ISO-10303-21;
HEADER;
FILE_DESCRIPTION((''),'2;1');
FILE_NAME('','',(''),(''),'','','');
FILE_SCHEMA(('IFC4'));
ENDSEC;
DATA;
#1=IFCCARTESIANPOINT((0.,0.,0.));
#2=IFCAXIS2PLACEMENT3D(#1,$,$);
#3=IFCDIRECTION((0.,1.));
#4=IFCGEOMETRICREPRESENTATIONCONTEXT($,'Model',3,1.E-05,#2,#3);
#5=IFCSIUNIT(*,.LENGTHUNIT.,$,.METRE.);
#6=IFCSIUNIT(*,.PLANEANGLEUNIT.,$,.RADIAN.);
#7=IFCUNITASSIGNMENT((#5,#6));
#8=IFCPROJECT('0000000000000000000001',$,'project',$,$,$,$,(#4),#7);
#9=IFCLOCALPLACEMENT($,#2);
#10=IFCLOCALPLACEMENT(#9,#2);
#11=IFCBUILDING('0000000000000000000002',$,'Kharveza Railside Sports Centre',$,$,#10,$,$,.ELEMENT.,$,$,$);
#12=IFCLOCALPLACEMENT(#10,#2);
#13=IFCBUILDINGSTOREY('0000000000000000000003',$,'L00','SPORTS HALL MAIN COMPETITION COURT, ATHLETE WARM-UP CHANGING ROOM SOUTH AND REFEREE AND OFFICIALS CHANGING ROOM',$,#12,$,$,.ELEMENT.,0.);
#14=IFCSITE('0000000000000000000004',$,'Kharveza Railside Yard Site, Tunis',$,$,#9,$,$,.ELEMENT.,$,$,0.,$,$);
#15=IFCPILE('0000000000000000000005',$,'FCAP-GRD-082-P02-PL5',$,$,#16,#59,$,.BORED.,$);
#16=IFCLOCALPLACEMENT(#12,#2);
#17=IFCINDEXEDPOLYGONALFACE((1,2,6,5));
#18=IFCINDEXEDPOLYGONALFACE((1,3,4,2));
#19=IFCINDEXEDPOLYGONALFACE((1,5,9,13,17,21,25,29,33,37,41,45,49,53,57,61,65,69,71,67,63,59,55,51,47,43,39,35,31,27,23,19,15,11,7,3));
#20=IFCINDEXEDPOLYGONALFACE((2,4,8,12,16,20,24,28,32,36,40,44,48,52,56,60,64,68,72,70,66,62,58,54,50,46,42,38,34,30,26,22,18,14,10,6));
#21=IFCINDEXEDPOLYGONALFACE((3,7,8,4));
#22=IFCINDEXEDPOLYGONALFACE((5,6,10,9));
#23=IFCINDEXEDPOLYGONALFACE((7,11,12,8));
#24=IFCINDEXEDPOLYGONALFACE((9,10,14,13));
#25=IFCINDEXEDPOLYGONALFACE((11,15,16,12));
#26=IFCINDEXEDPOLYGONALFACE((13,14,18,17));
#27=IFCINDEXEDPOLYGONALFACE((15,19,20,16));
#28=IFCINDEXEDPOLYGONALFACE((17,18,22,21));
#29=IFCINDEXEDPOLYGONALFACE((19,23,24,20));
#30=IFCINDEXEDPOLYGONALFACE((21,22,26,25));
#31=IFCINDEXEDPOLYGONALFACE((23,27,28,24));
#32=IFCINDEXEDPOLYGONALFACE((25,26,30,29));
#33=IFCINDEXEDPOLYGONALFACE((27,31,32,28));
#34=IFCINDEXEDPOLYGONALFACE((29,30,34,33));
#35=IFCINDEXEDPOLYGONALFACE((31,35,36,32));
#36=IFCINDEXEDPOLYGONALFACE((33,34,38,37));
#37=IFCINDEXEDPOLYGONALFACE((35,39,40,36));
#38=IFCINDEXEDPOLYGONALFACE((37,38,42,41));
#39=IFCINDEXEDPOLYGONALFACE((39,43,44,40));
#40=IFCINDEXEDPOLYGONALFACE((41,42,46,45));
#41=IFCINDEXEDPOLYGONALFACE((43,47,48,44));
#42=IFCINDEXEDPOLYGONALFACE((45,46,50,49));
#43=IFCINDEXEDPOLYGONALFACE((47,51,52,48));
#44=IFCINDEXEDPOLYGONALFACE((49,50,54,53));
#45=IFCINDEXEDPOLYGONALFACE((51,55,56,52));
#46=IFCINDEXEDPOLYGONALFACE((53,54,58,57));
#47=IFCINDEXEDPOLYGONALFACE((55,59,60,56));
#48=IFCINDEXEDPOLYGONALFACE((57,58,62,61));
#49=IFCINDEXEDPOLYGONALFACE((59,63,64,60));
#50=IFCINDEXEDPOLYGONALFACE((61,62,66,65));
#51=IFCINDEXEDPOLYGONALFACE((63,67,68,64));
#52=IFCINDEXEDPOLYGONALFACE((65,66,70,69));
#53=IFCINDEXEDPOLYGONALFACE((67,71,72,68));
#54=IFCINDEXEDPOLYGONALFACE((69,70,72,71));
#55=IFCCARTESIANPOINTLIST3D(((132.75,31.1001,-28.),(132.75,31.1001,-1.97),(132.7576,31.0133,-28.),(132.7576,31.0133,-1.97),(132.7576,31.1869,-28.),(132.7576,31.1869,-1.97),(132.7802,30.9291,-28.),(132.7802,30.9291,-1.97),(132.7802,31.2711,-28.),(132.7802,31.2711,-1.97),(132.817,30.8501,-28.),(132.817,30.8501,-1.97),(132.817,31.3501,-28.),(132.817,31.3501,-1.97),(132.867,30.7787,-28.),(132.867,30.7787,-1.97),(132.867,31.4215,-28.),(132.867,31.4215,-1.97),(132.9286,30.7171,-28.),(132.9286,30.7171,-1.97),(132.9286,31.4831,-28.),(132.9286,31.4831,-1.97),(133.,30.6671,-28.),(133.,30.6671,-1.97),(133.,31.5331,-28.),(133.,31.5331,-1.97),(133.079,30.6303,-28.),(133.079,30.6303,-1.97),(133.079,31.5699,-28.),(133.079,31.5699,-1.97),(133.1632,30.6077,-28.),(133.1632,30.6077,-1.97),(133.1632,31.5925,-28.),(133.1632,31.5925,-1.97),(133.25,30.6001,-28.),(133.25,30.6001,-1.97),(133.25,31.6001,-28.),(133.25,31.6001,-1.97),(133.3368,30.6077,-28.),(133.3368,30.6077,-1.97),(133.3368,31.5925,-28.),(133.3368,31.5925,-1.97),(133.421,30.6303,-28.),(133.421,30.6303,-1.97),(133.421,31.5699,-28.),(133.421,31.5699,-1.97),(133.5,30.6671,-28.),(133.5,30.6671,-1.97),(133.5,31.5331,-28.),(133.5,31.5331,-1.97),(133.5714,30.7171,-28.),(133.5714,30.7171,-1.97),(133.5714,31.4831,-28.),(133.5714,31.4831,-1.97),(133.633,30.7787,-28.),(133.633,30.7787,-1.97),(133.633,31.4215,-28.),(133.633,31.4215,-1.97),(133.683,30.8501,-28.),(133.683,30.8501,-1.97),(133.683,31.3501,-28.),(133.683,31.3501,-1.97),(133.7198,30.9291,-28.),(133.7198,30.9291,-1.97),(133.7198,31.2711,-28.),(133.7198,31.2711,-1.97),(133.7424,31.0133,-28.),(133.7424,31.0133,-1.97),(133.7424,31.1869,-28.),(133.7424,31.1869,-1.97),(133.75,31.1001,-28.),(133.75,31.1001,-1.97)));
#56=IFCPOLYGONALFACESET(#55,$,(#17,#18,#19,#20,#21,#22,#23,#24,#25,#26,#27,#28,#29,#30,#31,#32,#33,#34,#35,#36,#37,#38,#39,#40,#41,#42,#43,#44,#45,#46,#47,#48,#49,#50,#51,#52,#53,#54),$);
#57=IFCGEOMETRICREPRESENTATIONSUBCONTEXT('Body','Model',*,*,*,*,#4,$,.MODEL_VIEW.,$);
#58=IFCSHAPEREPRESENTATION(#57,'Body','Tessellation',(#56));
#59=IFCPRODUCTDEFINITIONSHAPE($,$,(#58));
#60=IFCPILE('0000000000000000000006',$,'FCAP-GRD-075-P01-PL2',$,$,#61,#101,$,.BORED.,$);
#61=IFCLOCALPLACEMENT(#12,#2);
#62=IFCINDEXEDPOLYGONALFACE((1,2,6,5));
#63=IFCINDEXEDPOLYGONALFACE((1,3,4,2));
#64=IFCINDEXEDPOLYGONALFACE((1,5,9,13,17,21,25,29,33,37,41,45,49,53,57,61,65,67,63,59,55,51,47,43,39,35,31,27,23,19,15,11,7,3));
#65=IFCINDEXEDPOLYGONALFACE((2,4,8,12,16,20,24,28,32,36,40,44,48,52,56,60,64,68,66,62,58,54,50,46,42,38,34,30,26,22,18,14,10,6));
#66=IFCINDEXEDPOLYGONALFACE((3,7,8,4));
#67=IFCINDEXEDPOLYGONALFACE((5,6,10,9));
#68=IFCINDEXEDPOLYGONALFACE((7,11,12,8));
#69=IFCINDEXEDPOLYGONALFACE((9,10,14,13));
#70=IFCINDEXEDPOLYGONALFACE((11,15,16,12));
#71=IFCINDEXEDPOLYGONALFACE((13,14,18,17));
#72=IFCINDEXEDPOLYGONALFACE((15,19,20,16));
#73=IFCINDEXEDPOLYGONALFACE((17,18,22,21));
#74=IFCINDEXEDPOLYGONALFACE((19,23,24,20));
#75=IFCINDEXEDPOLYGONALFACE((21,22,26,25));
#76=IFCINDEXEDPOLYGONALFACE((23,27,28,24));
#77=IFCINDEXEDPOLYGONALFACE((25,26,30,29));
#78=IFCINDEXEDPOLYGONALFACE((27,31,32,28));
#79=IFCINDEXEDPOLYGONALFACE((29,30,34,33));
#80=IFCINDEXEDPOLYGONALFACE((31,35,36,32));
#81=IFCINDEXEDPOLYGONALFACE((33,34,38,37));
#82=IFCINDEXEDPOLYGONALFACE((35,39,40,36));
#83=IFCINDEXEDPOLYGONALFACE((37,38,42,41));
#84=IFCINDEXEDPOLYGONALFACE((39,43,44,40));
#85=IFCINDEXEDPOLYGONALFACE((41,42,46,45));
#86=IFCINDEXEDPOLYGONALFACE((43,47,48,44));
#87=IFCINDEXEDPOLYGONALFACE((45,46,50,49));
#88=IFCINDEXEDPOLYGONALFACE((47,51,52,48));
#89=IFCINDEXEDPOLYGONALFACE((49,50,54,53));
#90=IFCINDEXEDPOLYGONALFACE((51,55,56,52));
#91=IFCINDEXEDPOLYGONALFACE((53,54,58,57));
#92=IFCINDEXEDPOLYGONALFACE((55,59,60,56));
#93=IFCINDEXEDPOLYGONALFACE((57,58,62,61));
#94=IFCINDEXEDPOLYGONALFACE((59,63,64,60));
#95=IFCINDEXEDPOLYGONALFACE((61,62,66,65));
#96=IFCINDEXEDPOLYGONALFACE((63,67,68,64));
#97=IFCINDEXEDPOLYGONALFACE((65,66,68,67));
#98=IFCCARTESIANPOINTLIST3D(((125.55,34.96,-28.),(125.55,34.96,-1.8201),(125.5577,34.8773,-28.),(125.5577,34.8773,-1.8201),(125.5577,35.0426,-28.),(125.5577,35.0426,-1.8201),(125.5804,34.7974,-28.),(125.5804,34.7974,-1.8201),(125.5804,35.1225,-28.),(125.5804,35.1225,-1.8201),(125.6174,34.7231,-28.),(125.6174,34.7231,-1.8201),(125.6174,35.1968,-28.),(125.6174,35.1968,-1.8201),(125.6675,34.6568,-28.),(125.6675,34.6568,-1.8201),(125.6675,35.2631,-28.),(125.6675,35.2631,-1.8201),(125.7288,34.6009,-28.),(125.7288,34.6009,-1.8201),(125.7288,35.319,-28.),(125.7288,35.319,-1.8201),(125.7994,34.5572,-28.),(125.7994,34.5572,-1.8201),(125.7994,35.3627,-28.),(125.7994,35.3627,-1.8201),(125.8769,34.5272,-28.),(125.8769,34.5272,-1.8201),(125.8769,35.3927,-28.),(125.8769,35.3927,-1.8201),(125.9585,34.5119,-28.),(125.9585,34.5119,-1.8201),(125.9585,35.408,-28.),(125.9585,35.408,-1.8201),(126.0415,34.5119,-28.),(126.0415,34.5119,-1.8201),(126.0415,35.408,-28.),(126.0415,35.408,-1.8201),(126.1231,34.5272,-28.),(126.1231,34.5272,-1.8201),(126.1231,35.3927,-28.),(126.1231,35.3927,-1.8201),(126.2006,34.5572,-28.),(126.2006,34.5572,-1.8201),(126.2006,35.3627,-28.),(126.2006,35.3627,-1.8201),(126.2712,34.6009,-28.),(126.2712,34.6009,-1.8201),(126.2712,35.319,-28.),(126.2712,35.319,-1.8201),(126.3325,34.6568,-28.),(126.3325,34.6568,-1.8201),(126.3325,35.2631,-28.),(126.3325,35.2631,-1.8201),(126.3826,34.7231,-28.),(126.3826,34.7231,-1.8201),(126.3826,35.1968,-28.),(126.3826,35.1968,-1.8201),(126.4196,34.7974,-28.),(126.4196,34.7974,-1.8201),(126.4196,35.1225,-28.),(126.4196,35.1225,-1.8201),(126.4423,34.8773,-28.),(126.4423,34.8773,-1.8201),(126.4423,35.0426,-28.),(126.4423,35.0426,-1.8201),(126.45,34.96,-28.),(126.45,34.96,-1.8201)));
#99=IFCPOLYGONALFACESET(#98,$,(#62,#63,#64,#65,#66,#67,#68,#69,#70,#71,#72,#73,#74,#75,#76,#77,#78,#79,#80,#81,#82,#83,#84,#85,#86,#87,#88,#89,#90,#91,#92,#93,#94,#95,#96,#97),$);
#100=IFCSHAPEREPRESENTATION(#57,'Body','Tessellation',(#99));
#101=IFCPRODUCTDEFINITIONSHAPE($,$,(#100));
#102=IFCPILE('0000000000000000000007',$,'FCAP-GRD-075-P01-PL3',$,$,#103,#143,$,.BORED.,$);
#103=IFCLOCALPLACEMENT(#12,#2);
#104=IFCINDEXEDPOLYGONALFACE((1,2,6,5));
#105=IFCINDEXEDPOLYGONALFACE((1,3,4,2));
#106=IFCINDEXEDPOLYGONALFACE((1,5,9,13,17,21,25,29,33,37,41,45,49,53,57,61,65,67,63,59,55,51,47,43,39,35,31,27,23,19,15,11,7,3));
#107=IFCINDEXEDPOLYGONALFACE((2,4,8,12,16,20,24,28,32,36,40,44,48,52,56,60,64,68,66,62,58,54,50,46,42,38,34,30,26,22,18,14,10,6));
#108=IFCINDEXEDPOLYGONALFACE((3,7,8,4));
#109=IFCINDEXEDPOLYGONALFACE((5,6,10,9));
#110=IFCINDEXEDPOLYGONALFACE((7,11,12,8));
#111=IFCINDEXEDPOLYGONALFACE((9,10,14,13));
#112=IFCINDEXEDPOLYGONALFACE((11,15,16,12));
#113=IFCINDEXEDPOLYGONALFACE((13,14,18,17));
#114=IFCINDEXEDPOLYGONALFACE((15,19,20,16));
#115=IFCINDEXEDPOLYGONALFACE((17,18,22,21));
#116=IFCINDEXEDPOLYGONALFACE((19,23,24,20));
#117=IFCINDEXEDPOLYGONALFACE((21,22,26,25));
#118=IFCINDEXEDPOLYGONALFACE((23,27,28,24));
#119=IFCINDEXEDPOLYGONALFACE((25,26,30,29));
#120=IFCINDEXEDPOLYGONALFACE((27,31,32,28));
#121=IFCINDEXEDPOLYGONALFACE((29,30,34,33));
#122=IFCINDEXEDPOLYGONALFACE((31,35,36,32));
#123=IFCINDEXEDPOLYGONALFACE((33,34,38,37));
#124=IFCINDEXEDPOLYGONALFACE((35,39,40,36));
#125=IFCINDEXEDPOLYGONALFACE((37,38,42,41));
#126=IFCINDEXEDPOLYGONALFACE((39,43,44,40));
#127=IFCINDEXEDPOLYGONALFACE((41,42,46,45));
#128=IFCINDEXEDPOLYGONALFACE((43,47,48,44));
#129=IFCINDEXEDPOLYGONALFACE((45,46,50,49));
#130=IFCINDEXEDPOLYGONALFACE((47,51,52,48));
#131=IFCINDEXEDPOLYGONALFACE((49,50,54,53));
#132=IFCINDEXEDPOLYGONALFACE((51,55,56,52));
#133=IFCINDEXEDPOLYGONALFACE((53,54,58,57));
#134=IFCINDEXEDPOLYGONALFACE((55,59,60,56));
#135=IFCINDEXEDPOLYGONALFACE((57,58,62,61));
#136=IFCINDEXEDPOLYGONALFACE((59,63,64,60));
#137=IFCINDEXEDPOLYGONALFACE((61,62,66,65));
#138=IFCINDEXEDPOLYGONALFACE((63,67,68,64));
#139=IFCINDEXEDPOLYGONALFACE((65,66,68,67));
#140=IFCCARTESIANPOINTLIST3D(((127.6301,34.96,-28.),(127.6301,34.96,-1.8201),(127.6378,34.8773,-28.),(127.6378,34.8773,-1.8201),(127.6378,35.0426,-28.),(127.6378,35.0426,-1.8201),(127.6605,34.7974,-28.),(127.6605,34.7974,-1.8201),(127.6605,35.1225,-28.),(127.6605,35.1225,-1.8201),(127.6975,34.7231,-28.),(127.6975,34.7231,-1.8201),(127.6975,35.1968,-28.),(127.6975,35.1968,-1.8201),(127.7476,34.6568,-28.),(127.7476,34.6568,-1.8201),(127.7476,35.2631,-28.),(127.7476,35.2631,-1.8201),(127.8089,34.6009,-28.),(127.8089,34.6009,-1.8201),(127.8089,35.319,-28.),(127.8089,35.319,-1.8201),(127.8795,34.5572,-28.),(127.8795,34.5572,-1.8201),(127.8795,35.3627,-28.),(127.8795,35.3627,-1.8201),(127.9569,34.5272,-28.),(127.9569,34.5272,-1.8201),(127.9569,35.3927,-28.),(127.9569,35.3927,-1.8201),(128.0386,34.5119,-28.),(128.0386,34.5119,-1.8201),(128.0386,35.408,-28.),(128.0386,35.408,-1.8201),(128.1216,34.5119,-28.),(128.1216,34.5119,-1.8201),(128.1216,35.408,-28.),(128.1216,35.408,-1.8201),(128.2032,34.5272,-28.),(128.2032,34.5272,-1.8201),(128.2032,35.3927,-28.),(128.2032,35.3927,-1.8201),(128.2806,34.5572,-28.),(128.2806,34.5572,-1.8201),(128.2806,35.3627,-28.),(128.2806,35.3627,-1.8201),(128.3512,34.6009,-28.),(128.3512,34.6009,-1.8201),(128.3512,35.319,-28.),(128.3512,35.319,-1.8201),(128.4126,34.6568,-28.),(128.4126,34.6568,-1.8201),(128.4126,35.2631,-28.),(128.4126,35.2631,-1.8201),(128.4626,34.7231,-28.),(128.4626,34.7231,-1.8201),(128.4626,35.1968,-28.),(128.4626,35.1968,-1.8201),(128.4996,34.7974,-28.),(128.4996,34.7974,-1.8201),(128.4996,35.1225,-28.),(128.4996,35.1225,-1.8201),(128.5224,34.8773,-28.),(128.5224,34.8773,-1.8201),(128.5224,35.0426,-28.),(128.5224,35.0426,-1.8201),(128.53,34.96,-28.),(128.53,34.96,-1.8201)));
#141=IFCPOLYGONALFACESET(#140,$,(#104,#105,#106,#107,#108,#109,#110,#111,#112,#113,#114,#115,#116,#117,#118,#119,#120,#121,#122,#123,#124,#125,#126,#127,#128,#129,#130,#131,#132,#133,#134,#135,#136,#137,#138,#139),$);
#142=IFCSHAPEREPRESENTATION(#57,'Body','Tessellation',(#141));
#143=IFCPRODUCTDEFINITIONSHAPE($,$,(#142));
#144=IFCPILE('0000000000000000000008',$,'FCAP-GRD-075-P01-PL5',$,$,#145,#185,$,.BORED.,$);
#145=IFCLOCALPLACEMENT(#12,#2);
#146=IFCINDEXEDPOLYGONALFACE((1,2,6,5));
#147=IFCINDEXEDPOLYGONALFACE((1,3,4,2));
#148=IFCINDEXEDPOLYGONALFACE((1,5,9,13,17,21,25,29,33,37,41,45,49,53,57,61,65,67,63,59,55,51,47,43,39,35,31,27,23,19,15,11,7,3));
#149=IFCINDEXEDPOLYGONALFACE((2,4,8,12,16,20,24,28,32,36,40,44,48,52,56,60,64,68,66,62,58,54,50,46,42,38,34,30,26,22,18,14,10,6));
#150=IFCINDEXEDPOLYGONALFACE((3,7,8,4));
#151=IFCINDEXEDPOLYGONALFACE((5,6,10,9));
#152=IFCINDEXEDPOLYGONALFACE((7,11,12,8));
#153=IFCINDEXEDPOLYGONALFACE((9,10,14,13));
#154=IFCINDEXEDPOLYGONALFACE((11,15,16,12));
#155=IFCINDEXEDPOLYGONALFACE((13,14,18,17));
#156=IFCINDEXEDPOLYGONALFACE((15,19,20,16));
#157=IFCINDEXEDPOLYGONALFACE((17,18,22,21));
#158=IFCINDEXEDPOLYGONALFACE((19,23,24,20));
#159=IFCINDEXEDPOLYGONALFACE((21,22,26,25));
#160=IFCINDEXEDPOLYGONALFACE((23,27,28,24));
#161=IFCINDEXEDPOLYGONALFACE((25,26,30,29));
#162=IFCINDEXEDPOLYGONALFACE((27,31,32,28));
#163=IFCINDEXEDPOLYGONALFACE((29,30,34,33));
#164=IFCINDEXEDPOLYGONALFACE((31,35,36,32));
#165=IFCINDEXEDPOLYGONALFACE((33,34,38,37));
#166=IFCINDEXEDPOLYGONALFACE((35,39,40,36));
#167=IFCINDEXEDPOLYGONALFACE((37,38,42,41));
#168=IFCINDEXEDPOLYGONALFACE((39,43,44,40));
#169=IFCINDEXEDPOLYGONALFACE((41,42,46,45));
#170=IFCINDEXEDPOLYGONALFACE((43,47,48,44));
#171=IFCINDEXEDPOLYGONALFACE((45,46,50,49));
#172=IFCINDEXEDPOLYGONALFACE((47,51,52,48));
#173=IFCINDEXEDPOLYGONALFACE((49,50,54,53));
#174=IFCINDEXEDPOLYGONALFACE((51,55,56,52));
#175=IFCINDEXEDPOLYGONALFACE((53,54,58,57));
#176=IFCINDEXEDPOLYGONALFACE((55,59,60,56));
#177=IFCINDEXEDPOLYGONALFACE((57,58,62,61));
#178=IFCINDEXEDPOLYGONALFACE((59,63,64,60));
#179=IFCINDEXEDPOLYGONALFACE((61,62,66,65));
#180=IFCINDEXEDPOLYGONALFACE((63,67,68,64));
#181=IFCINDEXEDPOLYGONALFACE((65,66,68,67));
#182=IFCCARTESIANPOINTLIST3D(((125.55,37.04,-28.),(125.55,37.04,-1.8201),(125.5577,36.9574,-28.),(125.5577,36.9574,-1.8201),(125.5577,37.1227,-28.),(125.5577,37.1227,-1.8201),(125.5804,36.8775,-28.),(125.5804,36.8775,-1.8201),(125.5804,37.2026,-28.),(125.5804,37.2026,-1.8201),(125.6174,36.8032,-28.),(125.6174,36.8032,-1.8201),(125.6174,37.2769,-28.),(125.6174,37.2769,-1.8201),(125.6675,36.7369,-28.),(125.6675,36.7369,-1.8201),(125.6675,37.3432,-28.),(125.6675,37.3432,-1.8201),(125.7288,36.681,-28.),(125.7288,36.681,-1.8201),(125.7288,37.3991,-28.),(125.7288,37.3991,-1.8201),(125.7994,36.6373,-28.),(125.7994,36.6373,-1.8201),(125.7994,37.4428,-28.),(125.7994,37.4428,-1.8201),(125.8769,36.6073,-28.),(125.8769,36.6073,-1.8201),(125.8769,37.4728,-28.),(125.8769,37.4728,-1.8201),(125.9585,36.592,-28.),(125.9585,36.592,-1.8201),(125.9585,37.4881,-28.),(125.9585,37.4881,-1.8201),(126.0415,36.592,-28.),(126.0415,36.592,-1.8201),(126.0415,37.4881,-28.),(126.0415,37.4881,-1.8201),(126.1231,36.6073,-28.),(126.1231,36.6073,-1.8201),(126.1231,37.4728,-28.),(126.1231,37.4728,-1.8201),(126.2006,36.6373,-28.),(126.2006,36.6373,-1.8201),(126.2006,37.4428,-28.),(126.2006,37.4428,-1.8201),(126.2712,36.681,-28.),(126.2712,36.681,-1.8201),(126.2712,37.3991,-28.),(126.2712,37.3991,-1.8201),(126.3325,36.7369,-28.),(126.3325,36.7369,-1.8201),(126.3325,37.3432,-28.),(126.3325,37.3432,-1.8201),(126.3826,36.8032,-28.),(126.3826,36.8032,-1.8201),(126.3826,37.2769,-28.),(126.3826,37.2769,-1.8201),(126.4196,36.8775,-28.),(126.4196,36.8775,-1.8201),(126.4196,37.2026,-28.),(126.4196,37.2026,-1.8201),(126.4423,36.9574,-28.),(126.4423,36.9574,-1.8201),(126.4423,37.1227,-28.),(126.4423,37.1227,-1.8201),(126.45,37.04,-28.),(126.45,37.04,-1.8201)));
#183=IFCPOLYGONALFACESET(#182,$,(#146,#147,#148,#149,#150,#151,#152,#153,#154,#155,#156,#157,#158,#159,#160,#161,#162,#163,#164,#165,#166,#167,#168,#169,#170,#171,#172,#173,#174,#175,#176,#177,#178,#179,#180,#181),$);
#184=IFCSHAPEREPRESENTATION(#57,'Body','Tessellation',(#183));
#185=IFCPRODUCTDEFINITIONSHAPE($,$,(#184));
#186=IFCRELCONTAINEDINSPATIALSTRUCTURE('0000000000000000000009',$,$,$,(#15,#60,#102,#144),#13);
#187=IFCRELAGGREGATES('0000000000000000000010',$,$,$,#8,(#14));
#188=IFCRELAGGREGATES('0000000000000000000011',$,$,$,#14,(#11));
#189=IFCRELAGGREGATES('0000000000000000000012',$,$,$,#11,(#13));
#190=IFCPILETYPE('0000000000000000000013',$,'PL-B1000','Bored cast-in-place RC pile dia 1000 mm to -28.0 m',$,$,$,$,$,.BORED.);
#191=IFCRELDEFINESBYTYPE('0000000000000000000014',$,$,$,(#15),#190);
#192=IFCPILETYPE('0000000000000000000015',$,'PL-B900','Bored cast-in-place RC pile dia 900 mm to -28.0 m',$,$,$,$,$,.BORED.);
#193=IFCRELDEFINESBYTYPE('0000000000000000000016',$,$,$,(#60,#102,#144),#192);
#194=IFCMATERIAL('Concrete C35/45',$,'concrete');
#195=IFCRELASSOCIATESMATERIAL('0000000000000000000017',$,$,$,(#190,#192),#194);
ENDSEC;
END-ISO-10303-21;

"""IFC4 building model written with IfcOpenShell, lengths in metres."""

from ifc_helpers import new_model, si_unit, direction, frame, origin, origin_2d, place, context, subcontext, project, spatial, circle, extrude, material, material_profile, profile_set, type_object, element, save


model = new_model("IFC4")

# Units and contexts
model_context = context("Model", 3, precision=1e-05, world=origin(), true_north=direction((0.0, 1.0)))
body_context = subcontext(model_context, "Body", "Model", "MODEL_VIEW")
ifc_project = project(units=[si_unit("LENGTHUNIT", "METRE"), si_unit("PLANEANGLEUNIT", "RADIAN")], contexts=[model_context])

# Site, building, storey
site_placement = place(None, origin())
site = spatial("IfcSite", under=ifc_project, at=site_placement, Name="Kharveza Railside Yard Site, Tunis", CompositionType="ELEMENT", RefElevation=0.0)
building_placement = place(site_placement, origin())
building = spatial("IfcBuilding", under=site, at=building_placement, Name="Kharveza Railside Sports Centre", CompositionType="ELEMENT")
storey_placement = place(building_placement, origin())
storey = spatial("IfcBuildingStorey", under=building, at=storey_placement, Name="L00", Description="SPORTS HALL MAIN COMPETITION COURT, ATHLETE WARM-UP CHANGING ROOM SOUTH AND REFEREE AND OFFICIALS CHANGING ROOM", CompositionType="ELEMENT", Elevation=0.0)

# Shared definitions
ifc_material_1 = material(Name="Concrete C35/45", Category="concrete")

# Piles
ifc_material_profile_1 = material_profile(ifc_material_1, circle(Radius=0.5, at=origin_2d()), Name="PILE D1000")
ifc_profile_set_1 = profile_set([ifc_material_profile_1], Name="Concrete C35/45")
pile_type_1 = type_object("IfcPileType", Name="PL-B1000", Description="Bored cast-in-place RC pile dia 1000 mm to -28.0 m", PredefinedType="BORED", material=ifc_profile_set_1)
for number, where, z_axis, x_axis, name in (
    (1, (133.25, 31.1001, -1.97), (0.0, 0.0, -1.0), (1.0, 0.0, 0.0), "FCAP-GRD-082-P02-PL5"),
):
    element("IfcPile", number, at=place(storey_placement, frame(where, z_axis=z_axis, x_axis=x_axis)), inside=storey, type_object=pile_type_1, Name=name, PredefinedType="BORED", context=body_context, shape_type="SweptSolid", body=[
        extrude(circle(Radius=0.5, at=origin_2d()), origin(), (0.0, 0.0, 1.0), 26.03),
    ])
ifc_material_profile_2 = material_profile(ifc_material_1, circle(Radius=0.45, at=origin_2d()), Name="PILE D900")
ifc_profile_set_2 = profile_set([ifc_material_profile_2], Name="Concrete C35/45")
pile_type_2 = type_object("IfcPileType", Name="PL-B900", Description="Bored cast-in-place RC pile dia 900 mm to -28.0 m", PredefinedType="BORED", material=ifc_profile_set_2)
for number, where, z_axis, x_axis, name in (
    (2, (126.0, 34.96, -1.8201), (0.0, 0.0, -1.0), (1.0, 0.0, 0.0), "FCAP-GRD-075-P01-PL2"),
    (3, (128.0801, 34.96, -1.8201), (0.0, 0.0, -1.0), (1.0, 0.0, 0.0), "FCAP-GRD-075-P01-PL3"),
    (4, (126.0, 37.04, -1.8201), (0.0, 0.0, -1.0), (1.0, 0.0, 0.0), "FCAP-GRD-075-P01-PL5"),
):
    element("IfcPile", number, at=place(storey_placement, frame(where, z_axis=z_axis, x_axis=x_axis)), inside=storey, type_object=pile_type_2, Name=name, PredefinedType="BORED", context=body_context, shape_type="SweptSolid", body=[
        extrude(circle(Radius=0.45, at=origin_2d()), origin(), (0.0, 0.0, 1.0), 26.1799),
    ])

save(model, "model.ifc")
